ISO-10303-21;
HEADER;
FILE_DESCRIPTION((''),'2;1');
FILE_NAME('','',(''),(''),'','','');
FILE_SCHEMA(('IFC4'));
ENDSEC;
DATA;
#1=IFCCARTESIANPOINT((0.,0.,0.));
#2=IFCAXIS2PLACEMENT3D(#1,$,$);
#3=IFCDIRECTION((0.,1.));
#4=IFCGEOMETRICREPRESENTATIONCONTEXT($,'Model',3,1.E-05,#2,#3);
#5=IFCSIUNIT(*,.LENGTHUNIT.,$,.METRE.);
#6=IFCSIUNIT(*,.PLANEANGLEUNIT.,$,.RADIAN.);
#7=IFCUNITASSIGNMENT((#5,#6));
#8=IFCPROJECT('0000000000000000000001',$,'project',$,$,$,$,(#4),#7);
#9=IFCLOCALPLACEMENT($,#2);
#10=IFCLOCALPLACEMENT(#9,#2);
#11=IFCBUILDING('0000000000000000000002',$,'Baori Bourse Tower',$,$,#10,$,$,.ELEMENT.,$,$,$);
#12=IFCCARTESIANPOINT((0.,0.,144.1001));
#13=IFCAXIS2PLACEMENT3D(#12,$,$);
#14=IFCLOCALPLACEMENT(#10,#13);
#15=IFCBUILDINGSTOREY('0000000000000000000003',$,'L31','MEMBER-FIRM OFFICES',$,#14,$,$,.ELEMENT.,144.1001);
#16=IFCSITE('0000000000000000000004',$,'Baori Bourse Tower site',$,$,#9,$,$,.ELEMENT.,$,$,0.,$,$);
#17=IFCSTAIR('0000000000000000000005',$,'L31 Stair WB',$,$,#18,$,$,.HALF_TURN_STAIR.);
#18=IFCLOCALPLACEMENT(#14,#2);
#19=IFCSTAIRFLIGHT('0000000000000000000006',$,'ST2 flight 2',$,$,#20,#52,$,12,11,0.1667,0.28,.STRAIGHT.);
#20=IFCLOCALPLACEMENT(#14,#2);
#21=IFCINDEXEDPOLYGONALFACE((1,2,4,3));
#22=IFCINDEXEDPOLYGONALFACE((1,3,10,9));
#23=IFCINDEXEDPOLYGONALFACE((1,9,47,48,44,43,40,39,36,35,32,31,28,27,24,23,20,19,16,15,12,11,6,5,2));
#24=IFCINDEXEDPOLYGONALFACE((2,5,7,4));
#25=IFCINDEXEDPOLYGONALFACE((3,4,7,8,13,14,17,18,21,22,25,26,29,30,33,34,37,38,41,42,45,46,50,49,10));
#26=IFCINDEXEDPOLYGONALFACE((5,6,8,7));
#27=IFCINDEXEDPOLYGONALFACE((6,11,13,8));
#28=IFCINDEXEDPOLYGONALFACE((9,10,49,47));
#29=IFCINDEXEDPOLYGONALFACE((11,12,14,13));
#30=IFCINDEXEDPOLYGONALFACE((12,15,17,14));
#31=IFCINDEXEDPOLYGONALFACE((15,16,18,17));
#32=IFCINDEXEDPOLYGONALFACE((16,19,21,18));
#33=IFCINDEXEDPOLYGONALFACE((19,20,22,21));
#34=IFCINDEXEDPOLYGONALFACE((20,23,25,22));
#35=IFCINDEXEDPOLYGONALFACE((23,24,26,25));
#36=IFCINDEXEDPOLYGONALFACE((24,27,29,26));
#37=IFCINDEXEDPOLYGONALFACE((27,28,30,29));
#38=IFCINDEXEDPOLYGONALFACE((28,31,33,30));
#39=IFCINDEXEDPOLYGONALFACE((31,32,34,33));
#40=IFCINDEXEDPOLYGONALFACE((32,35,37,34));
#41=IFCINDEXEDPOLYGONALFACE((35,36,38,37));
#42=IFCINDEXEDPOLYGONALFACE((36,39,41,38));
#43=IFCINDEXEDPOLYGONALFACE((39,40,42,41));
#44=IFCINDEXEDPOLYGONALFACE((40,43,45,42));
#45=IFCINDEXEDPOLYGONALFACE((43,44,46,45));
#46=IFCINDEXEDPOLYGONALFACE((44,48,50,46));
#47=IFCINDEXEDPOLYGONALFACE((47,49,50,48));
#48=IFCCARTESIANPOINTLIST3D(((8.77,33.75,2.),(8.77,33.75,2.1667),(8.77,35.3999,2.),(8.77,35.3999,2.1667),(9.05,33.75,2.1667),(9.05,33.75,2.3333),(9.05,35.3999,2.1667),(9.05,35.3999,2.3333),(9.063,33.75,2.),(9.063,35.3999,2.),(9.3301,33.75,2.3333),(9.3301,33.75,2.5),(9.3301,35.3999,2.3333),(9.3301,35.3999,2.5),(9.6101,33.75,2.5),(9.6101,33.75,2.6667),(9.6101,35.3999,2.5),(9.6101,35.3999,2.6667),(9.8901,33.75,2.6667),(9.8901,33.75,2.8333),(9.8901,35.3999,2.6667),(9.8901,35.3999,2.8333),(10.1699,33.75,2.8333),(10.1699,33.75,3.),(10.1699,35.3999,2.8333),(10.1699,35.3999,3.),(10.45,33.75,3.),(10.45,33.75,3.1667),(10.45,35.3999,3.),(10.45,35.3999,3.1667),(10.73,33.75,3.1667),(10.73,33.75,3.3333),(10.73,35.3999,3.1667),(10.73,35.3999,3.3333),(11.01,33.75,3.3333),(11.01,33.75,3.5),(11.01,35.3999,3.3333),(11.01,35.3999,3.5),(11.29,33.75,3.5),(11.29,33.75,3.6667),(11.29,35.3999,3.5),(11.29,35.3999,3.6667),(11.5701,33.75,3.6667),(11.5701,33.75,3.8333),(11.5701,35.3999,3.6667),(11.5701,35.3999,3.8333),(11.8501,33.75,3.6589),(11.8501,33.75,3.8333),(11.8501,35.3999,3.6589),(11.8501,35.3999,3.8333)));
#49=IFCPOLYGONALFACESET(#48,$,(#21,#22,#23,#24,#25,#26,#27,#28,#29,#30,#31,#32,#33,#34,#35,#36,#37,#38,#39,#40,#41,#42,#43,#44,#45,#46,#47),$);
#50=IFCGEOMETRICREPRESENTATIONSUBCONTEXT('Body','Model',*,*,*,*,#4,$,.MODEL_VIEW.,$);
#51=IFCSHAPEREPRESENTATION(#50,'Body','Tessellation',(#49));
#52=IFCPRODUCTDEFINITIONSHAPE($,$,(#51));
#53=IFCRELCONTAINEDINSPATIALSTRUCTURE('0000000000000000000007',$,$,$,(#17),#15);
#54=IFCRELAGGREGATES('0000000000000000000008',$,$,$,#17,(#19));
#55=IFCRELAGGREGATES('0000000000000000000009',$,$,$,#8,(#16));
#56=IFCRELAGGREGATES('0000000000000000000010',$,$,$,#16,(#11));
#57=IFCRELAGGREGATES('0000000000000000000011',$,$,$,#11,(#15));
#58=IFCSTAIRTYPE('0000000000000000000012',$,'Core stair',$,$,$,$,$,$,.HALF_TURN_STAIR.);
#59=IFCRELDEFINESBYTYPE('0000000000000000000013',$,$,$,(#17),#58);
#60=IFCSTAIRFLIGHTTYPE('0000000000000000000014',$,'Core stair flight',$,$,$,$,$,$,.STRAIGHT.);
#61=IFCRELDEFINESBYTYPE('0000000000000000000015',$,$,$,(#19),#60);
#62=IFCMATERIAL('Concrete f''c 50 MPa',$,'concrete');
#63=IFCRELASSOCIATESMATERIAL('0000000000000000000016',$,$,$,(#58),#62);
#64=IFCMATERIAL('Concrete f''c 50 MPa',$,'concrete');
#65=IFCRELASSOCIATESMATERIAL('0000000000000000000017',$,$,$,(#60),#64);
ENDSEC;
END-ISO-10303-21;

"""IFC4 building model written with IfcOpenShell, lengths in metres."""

from ifc_helpers import new_model, si_unit, direction, frame, origin, place, context, subcontext, project, spatial, polyline, outline, extrude, material, type_object, element, aggregate, save


model = new_model("IFC4")

# Units and contexts
model_context = context("Model", 3, precision=1e-05, world=origin(), true_north=direction((0.0, 1.0)))
body_context = subcontext(model_context, "Body", "Model", "MODEL_VIEW")
ifc_project = project(units=[si_unit("LENGTHUNIT", "METRE"), si_unit("PLANEANGLEUNIT", "RADIAN")], contexts=[model_context])

# Site, building, storey
site_placement = place(None, origin())
site = spatial("IfcSite", under=ifc_project, at=site_placement, Name="Baori Bourse Tower site", CompositionType="ELEMENT", RefElevation=0.0)
building_placement = place(site_placement, origin())
building = spatial("IfcBuilding", under=site, at=building_placement, Name="Baori Bourse Tower", CompositionType="ELEMENT")
storey_placement = place(building_placement, frame((0.0, 0.0, 144.1001)))
storey = spatial("IfcBuildingStorey", under=building, at=storey_placement, Name="L31", Description="MEMBER-FIRM OFFICES", CompositionType="ELEMENT", Elevation=144.1001)

# Stair, stair flight
ifc_material_1 = material(Name="Concrete f'c 50 MPa", Category="concrete")
stair_type = type_object("IfcStairType", Name="Core stair", PredefinedType="HALF_TURN_STAIR", material=ifc_material_1)
stair_placement = place(storey_placement, origin())
stair = element("IfcStair", 1, at=stair_placement, inside=storey, type_object=stair_type, Name="L31 Stair WB", PredefinedType="HALF_TURN_STAIR")
ifc_material_2 = material(Name="Concrete f'c 50 MPa", Category="concrete")
stair_flight_type = type_object("IfcStairFlightType", Name="Core stair flight", PredefinedType="STRAIGHT", material=ifc_material_2)
stair_flight_1_placement = place(storey_placement, frame((8.77, 34.575, 2.0), z_axis=(0.0, 0.0, 1.0), x_axis=(1.0, 0.0, 0.0)))
stair_flight_1 = element("IfcStairFlight", 2, at=stair_flight_1_placement, type_object=stair_flight_type, Name="ST2 flight 2", NumberOfRisers=12, NumberOfTreads=11, PredefinedType="STRAIGHT", RiserHeight=0.1667, TreadLength=0.28, context=body_context, shape_type="SweptSolid", body=[
    extrude(outline(polyline([(0.0, 0.0), (0.0, 0.1667), (0.28, 0.1667), (0.28, 0.3333), (0.5601, 0.3333), (0.5601, 0.5), (0.8401, 0.5), (0.8401, 0.6667), (1.1201, 0.6667), (1.1201, 0.8333), (1.3999, 0.8333), (1.3999, 1.0), (1.6799, 1.0), (1.6799, 1.1667), (1.96, 1.1667), (1.96, 1.3333), (2.24, 1.3333), (2.24, 1.5), (2.52, 1.5), (2.52, 1.6667), (2.8, 1.6667), (2.8, 1.8333), (3.0801, 1.8333), (3.0801, 2.0), (3.0801, 1.6589), (0.293, 0.0), (0.0, 0.0)])), frame((0.0, 0.825, 0.0), z_axis=(0.0, -1.0, 0.0), x_axis=(1.0, 0.0, 0.0)), (0.0, 0.0, 1.0), 1.6499),
])
aggregate(stair, [stair_flight_1])

save(model, "model.ifc")
